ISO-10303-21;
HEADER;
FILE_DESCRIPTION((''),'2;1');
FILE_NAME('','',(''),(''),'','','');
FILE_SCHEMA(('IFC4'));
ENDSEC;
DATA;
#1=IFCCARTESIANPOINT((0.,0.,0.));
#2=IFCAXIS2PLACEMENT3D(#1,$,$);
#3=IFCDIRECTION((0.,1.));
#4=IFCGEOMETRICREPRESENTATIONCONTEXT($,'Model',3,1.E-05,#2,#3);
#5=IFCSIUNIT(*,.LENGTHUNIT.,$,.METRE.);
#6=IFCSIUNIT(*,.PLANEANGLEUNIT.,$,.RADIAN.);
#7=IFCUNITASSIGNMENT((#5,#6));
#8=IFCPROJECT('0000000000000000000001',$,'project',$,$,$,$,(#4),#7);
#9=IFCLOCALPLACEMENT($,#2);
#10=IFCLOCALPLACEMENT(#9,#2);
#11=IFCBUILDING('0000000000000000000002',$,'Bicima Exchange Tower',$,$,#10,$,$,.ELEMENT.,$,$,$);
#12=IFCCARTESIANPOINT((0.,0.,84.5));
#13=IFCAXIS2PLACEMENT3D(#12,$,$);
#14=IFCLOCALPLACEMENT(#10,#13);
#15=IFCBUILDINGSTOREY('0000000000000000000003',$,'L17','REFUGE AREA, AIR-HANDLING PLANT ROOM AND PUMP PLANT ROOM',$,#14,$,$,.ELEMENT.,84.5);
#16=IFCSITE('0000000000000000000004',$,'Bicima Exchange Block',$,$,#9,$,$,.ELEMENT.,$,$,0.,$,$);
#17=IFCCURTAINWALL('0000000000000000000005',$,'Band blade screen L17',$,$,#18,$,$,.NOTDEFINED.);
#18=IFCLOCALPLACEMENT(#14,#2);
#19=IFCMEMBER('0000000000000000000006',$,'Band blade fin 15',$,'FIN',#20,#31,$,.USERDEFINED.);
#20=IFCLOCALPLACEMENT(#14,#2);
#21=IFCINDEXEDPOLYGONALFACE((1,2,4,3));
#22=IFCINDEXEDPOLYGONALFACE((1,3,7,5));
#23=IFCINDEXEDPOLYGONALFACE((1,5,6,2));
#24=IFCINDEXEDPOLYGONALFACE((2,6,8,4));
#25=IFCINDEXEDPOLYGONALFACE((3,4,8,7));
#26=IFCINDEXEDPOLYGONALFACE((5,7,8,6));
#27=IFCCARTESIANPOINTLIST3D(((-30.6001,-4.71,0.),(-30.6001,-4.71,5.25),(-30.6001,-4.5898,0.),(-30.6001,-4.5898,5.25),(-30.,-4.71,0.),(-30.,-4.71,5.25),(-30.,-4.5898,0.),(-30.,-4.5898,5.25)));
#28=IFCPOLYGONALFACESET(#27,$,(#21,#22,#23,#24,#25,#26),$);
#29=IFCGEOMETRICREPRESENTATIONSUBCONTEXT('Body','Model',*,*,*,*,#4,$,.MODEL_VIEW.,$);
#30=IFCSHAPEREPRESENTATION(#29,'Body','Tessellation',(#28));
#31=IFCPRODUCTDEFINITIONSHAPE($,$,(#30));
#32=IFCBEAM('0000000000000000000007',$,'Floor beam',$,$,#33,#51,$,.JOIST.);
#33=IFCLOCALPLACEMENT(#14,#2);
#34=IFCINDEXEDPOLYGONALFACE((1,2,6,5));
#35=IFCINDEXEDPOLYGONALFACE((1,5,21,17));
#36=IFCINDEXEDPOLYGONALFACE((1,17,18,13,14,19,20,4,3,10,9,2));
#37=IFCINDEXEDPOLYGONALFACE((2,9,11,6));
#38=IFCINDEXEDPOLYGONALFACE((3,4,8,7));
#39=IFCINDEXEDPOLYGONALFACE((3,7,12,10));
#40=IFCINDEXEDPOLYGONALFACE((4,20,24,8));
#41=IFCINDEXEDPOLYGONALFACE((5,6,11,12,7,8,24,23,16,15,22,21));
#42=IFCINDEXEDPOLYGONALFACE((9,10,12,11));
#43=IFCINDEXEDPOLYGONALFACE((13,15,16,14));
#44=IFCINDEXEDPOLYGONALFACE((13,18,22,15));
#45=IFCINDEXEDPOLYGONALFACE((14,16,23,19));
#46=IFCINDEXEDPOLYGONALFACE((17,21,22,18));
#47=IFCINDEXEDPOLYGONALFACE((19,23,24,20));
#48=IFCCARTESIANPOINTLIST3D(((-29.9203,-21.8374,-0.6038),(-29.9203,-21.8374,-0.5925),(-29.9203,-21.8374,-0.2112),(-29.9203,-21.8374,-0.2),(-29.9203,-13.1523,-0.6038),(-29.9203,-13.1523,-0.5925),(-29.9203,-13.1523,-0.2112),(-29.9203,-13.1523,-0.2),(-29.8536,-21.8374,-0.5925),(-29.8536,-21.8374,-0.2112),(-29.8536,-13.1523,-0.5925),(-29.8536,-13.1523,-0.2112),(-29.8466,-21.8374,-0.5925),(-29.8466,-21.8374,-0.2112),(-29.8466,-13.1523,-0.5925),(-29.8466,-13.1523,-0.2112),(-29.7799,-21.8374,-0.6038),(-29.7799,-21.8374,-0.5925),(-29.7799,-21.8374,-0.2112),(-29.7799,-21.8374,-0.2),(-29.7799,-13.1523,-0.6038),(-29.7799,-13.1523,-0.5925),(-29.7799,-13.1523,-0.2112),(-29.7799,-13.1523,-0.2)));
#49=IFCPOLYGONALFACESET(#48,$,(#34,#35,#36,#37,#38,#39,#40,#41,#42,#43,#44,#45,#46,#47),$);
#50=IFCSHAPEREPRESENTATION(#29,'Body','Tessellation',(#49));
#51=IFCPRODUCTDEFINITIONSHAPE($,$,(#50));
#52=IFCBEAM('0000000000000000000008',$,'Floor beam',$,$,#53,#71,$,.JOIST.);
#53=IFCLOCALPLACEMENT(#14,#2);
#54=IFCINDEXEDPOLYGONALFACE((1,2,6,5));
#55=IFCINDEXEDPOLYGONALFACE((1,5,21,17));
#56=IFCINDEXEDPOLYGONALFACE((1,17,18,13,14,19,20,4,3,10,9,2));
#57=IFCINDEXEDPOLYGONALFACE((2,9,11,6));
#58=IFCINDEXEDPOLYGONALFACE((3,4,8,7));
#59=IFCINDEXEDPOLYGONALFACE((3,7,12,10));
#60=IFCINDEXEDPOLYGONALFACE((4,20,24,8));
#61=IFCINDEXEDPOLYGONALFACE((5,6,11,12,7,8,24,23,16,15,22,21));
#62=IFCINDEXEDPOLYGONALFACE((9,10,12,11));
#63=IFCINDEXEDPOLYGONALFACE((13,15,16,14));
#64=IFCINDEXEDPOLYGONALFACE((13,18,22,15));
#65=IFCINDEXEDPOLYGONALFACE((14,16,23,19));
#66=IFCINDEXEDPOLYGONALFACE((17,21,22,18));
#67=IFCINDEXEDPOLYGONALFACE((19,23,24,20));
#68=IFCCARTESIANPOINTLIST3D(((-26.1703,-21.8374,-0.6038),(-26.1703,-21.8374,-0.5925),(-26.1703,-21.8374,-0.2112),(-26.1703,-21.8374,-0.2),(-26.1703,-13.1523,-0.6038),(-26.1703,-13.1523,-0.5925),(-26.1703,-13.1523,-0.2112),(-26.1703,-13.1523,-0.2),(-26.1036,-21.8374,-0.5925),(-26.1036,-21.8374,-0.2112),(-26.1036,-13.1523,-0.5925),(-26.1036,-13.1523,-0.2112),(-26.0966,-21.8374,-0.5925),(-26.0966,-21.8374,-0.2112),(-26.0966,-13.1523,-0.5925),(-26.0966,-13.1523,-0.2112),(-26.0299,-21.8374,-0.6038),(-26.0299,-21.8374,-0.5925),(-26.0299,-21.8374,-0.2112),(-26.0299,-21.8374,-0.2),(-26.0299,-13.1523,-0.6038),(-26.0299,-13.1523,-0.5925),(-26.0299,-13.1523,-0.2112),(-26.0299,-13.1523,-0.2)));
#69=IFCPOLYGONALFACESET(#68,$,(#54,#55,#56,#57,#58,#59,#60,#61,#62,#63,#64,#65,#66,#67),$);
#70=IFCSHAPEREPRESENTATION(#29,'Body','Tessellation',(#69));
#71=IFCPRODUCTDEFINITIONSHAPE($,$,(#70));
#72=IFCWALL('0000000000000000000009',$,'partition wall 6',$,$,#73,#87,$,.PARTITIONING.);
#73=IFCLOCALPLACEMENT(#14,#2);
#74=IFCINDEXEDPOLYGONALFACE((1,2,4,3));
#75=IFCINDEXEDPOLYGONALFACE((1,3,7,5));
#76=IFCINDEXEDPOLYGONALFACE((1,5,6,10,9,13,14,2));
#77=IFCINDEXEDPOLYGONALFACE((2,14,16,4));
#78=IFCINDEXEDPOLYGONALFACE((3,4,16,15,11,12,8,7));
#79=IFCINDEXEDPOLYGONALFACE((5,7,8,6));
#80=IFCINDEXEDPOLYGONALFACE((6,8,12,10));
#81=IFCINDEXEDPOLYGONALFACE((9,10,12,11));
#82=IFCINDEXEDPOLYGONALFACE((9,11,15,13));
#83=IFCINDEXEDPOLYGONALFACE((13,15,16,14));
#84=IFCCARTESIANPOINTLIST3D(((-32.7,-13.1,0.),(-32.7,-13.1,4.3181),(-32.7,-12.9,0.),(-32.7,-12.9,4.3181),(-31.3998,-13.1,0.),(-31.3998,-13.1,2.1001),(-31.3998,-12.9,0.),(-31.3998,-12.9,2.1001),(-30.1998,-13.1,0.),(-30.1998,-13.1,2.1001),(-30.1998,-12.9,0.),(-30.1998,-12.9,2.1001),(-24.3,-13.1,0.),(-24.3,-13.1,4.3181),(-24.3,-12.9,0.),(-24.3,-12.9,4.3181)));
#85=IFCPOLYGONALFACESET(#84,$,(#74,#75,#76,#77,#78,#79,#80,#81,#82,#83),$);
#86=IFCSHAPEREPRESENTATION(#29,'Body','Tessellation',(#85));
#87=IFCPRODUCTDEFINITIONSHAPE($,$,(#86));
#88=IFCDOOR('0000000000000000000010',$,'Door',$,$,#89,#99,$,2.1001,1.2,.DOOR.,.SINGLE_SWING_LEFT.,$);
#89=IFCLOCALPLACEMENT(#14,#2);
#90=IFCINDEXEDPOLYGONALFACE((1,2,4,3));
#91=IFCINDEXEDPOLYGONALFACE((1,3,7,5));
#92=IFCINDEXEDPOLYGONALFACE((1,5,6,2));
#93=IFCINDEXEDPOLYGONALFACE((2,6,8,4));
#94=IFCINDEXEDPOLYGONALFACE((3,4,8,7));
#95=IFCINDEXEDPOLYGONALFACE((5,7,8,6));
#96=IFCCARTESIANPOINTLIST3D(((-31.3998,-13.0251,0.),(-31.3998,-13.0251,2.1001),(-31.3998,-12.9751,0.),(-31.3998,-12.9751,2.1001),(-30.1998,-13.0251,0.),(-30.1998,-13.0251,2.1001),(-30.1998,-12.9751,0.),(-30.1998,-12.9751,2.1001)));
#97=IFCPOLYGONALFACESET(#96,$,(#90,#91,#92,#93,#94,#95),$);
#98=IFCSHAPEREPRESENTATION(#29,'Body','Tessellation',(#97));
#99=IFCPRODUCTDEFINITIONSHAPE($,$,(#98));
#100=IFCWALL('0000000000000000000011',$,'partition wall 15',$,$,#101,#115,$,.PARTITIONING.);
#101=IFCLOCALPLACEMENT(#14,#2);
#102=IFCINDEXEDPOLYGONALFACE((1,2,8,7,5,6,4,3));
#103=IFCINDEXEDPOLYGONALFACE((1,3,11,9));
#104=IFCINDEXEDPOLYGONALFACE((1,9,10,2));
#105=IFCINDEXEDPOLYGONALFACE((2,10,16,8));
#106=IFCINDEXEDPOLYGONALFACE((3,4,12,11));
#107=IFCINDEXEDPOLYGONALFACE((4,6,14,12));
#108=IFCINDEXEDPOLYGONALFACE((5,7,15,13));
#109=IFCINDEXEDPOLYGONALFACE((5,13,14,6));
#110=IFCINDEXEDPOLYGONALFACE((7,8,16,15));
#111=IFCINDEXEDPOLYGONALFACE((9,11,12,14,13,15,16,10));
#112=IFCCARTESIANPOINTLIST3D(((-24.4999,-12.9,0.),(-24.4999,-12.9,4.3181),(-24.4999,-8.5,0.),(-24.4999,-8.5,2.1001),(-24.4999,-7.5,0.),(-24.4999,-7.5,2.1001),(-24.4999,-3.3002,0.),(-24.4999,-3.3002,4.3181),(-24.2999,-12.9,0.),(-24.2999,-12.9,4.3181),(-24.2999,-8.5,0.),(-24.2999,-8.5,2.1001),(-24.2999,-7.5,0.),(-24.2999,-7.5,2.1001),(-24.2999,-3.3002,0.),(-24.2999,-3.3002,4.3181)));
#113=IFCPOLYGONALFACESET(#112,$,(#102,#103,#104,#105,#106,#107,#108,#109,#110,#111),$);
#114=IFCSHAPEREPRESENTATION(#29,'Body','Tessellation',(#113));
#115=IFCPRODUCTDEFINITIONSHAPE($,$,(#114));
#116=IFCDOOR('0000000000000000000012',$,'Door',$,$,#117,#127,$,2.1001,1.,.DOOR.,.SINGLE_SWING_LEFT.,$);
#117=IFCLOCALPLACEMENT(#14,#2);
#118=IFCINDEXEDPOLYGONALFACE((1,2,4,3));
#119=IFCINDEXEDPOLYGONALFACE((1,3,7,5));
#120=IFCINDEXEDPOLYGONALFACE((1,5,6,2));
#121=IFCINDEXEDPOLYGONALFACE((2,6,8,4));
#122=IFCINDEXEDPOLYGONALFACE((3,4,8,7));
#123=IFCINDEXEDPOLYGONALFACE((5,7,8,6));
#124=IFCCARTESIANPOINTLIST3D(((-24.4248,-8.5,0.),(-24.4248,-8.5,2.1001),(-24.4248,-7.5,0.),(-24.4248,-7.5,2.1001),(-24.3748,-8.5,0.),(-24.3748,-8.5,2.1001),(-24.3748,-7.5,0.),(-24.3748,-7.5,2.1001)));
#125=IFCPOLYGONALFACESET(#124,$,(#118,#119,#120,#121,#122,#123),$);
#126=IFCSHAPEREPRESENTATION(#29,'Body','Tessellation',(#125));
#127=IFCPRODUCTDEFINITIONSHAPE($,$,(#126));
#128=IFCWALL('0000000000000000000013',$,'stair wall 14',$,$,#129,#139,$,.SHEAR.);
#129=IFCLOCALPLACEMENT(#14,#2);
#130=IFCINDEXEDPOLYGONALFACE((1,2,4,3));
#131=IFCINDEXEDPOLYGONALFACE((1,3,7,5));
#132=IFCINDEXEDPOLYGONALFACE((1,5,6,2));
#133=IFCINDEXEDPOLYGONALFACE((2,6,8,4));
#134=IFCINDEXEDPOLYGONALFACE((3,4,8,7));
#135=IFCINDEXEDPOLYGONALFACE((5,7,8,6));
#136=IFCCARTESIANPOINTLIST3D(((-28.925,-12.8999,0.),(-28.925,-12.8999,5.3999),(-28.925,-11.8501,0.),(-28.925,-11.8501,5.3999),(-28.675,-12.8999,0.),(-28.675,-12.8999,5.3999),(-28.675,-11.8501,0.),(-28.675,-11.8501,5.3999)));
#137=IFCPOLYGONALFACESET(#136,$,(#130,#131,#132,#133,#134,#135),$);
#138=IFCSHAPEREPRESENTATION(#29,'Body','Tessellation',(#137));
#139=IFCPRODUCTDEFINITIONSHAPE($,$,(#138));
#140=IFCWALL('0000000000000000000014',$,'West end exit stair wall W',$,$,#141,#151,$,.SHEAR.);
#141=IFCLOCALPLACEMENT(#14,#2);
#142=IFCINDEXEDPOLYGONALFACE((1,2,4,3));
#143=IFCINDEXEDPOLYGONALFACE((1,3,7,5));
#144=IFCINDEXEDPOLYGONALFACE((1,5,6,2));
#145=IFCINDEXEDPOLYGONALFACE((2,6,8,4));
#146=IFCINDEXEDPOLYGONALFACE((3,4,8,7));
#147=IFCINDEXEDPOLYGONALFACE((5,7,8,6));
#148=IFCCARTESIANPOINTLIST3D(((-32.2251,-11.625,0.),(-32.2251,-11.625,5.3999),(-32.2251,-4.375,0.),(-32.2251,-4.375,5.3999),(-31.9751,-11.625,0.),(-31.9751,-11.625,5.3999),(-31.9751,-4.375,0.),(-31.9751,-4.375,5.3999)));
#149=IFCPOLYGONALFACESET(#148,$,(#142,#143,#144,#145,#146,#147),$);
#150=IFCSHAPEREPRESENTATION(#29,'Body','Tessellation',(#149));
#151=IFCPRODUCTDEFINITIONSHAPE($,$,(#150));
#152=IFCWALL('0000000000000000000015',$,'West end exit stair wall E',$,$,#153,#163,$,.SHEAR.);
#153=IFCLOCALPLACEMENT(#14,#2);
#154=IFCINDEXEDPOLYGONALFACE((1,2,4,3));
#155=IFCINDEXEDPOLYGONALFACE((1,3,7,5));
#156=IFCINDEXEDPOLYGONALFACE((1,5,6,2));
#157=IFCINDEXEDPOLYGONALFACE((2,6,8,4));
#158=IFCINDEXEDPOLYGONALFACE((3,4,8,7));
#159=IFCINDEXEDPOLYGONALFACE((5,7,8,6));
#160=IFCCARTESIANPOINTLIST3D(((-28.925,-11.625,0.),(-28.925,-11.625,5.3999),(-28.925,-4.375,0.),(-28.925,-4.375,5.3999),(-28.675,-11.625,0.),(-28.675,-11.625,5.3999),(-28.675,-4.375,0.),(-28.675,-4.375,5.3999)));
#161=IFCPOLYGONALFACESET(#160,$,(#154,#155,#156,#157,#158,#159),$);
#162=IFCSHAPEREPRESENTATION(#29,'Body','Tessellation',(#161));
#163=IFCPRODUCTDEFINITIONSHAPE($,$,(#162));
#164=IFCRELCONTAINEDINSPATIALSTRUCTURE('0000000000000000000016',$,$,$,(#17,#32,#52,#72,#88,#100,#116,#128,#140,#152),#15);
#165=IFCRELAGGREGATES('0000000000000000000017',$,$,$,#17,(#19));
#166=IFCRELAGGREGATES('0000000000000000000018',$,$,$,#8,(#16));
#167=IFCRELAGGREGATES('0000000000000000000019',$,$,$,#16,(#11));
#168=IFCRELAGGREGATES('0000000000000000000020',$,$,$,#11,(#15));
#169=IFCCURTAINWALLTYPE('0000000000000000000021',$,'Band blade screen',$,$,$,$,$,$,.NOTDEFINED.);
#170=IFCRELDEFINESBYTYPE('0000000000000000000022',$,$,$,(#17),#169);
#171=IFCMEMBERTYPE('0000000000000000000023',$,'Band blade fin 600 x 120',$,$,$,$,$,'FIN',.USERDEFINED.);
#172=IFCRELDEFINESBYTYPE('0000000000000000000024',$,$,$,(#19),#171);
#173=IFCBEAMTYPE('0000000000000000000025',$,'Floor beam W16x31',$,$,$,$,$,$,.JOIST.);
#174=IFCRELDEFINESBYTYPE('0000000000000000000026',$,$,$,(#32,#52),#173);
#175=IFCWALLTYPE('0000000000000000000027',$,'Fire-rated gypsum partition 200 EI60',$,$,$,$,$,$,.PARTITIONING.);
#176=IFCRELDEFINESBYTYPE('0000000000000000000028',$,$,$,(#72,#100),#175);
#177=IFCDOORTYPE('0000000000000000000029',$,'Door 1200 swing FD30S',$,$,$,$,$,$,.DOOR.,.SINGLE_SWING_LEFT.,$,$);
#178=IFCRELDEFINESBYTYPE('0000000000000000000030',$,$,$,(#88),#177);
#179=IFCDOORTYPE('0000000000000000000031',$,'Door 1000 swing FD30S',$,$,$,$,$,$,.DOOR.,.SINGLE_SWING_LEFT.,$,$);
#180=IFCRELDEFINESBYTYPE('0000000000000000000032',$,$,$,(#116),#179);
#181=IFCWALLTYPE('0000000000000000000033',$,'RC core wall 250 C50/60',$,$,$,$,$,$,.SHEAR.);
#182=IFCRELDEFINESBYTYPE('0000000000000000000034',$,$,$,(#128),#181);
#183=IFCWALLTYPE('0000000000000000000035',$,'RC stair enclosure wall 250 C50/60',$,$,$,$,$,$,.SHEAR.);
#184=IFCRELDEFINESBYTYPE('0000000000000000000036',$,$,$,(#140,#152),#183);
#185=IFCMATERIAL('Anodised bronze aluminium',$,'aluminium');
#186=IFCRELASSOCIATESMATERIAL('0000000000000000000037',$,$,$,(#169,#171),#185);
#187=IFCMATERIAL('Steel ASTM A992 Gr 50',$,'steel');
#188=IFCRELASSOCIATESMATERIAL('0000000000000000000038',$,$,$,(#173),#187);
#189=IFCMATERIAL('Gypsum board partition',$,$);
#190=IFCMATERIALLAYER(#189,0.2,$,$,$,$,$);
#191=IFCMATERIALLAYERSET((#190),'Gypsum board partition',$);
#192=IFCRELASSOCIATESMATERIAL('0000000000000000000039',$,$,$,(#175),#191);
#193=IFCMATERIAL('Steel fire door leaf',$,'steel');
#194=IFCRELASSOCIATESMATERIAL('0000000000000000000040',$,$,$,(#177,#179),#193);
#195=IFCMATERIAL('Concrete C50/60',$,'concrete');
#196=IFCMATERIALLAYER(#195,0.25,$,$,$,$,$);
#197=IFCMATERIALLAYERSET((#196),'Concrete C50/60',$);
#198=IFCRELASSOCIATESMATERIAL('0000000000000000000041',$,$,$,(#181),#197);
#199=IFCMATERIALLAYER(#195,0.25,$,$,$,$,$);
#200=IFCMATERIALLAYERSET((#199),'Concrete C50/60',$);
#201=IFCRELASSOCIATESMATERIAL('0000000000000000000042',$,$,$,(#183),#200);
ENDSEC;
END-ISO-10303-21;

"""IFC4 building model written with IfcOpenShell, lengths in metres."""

from ifc_helpers import new_model, si_unit, direction, frame, frame_2d, origin, origin_2d, place, context, subcontext, project, spatial, rectangle, i_section, extrude, material, layer, layer_set, material_profile, profile_set, type_object, element, fill, aggregate, save


model = new_model("IFC4")

# Units and contexts
model_context = context("Model", 3, precision=1e-05, world=origin(), true_north=direction((0.0, 1.0)))
body_context = subcontext(model_context, "Body", "Model", "MODEL_VIEW")
ifc_project = project(units=[si_unit("LENGTHUNIT", "METRE"), si_unit("PLANEANGLEUNIT", "RADIAN")], contexts=[model_context])

# Site, building, storey
site_placement = place(None, origin())
site = spatial("IfcSite", under=ifc_project, at=site_placement, Name="Bicima Exchange Block", CompositionType="ELEMENT", RefElevation=0.0)
building_placement = place(site_placement, origin())
building = spatial("IfcBuilding", under=site, at=building_placement, Name="Bicima Exchange Tower", CompositionType="ELEMENT")
storey_placement = place(building_placement, frame((0.0, 0.0, 84.5)))
storey = spatial("IfcBuildingStorey", under=building, at=storey_placement, Name="L17", Description="REFUGE AREA, AIR-HANDLING PLANT ROOM AND PUMP PLANT ROOM", CompositionType="ELEMENT", Elevation=84.5)

# Curtain wall, member
ifc_material_1 = material(Name="Anodised bronze aluminium", Category="aluminium")
curtain_wall_type = type_object("IfcCurtainWallType", Name="Band blade screen", PredefinedType="NOTDEFINED", material=ifc_material_1)
curtain_wall_placement = place(storey_placement, origin())
curtain_wall = element("IfcCurtainWall", 1, at=curtain_wall_placement, inside=storey, type_object=curtain_wall_type, Name="Band blade screen L17", PredefinedType="NOTDEFINED")
ifc_material_profile_1 = material_profile(ifc_material_1, rectangle(XDim=0.6001, YDim=0.1201, at=origin_2d()))
ifc_profile_set_1 = profile_set([ifc_material_profile_1], Name="Anodised bronze aluminium")
member_type = type_object("IfcMemberType", Name="Band blade fin 600 x 120", ElementType="FIN", PredefinedType="USERDEFINED", material=ifc_profile_set_1)
member_placement = place(storey_placement, frame((-30.3, -4.6499, 0.0), z_axis=(0.0, 0.0, 1.0), x_axis=(1.0, 0.0, 0.0)))
member = element("IfcMember", 2, at=member_placement, type_object=member_type, Name="Band blade fin 15", ObjectType="FIN", PredefinedType="USERDEFINED", context=body_context, shape_type="SweptSolid", body=[
    extrude(rectangle(XDim=0.6001, YDim=0.1201, at=origin_2d()), origin(), (0.0, 0.0, 1.0), 5.25),
])
aggregate(curtain_wall, [member])

# Beams
ifc_material_2 = material(Name="Steel ASTM A992 Gr 50", Category="steel")
ifc_material_profile_2 = material_profile(ifc_material_2, i_section(OverallWidth=0.1404, OverallDepth=0.4038, WebThickness=0.0071, FlangeThickness=0.0112, at=origin_2d()))
ifc_profile_set_2 = profile_set([ifc_material_profile_2], Name="Steel ASTM A992 Gr 50")
beam_type = type_object("IfcBeamType", Name="Floor beam W16x31", PredefinedType="JOIST", material=ifc_profile_set_2)
for number, where, z_axis, x_axis, name in (
    (3, (-29.8501, -13.1523, -0.4019), (0.0, -1.0, 0.0), (1.0, 0.0, 0.0), "Floor beam"),
    (4, (-26.1001, -13.1523, -0.4019), (0.0, -1.0, 0.0), (1.0, 0.0, 0.0), "Floor beam"),
):
    element("IfcBeam", number, at=place(storey_placement, frame(where, z_axis=z_axis, x_axis=x_axis)), inside=storey, type_object=beam_type, Name=name, PredefinedType="JOIST", context=body_context, shape_type="SweptSolid", body=[
        extrude(i_section(OverallWidth=0.1404, OverallDepth=0.4038, WebThickness=0.0071, FlangeThickness=0.0112, at=origin_2d()), origin(), (0.0, 0.0, 1.0), 8.6851),
    ])

# Walls, openings, doors
ifc_material_3 = material(Name="Gypsum board partition")
ifc_layer_1 = layer(ifc_material_3, 0.2)
ifc_layer_set_1 = layer_set([ifc_layer_1], Name="Gypsum board partition")
wall_type_1 = type_object("IfcWallType", Name="Fire-rated gypsum partition 200 EI60", PredefinedType="PARTITIONING", material=ifc_layer_set_1)
wall_1_placement = place(storey_placement, frame((-32.7, -13.0, 0.0), z_axis=(0.0, 0.0, 1.0), x_axis=(1.0, 0.0, 0.0)))
wall_1 = element("IfcWall", 5, at=wall_1_placement, inside=storey, type_object=wall_type_1, Name="partition wall 6", PredefinedType="PARTITIONING", context=body_context, shape_type="SweptSolid", body=[
    extrude(rectangle(XDim=8.3999, YDim=0.2, at=frame_2d((4.2, 0.0))), origin(), (0.0, 0.0, 1.0), 4.3181),
])
opening_1_placement = place(wall_1_placement, frame((1.3, 0.0, 0.0)))
opening_1 = element("IfcOpeningElement", 6, at=opening_1_placement, cuts=wall_1, PredefinedType="OPENING", context=body_context, shape_type="SweptSolid", body=[
    extrude(rectangle(XDim=1.2, YDim=2.1001, at=frame_2d((0.6001, 1.05))), frame((0.0, 0.1118, 0.0), z_axis=(0.0, -1.0, 0.0), x_axis=(1.0, 0.0, 0.0)), (0.0, 0.0, 1.0), 0.2239),
])
ifc_material_4 = material(Name="Steel fire door leaf", Category="steel")
door_type_1 = type_object("IfcDoorType", Name="Door 1200 swing FD30S", OperationType="SINGLE_SWING_LEFT", PredefinedType="DOOR", material=ifc_material_4)
door_1_placement = place(opening_1_placement, origin())
door_1 = element("IfcDoor", 7, at=door_1_placement, inside=storey, type_object=door_type_1, Name="Door", OperationType="SINGLE_SWING_LEFT", OverallHeight=2.1001, OverallWidth=1.2, PredefinedType="DOOR", context=body_context, shape_type="SweptSolid", body=[
    extrude(rectangle(XDim=1.2, YDim=2.1001, at=frame_2d((0.6001, 1.05))), frame((0.0, 0.0249, 0.0), z_axis=(0.0, -1.0, 0.0), x_axis=(1.0, 0.0, 0.0)), (0.0, 0.0, 1.0), 0.05),
])
fill(opening_1, door_1)
wall_2_placement = place(storey_placement, frame((-24.3999, -12.8999, 0.0), z_axis=(0.0, 0.0, 1.0), x_axis=(0.0, 1.0, 0.0)))
wall_2 = element("IfcWall", 8, at=wall_2_placement, inside=storey, type_object=wall_type_1, Name="partition wall 15", PredefinedType="PARTITIONING", context=body_context, shape_type="SweptSolid", body=[
    extrude(rectangle(XDim=9.5999, YDim=0.2, at=frame_2d((4.7998, 0.0))), origin(), (0.0, 0.0, 1.0), 4.3181),
])
opening_2_placement = place(wall_2_placement, frame((4.3999, 0.0, 0.0)))
opening_2 = element("IfcOpeningElement", 9, at=opening_2_placement, cuts=wall_2, PredefinedType="OPENING", context=body_context, shape_type="SweptSolid", body=[
    extrude(rectangle(XDim=1.0, YDim=2.1001, at=frame_2d((0.5, 1.05))), frame((0.0, 0.1118, 0.0), z_axis=(0.0, -1.0, 0.0), x_axis=(1.0, 0.0, 0.0)), (0.0, 0.0, 1.0), 0.2239),
])
door_type_2 = type_object("IfcDoorType", Name="Door 1000 swing FD30S", OperationType="SINGLE_SWING_LEFT", PredefinedType="DOOR", material=ifc_material_4)
door_2_placement = place(opening_2_placement, origin())
door_2 = element("IfcDoor", 10, at=door_2_placement, inside=storey, type_object=door_type_2, Name="Door", OperationType="SINGLE_SWING_LEFT", OverallHeight=2.1001, OverallWidth=1.0, PredefinedType="DOOR", context=body_context, shape_type="SweptSolid", body=[
    extrude(rectangle(XDim=1.0, YDim=2.1001, at=frame_2d((0.5, 1.05))), frame((0.0, 0.0249, 0.0), z_axis=(0.0, -1.0, 0.0), x_axis=(1.0, 0.0, 0.0)), (0.0, 0.0, 1.0), 0.05),
])
fill(opening_2, door_2)

# Walls
ifc_material_5 = material(Name="Concrete C50/60", Category="concrete")
ifc_layer_2 = layer(ifc_material_5, 0.25)
ifc_layer_set_2 = layer_set([ifc_layer_2], Name="Concrete C50/60")
wall_type_2 = type_object("IfcWallType", Name="RC core wall 250 C50/60", PredefinedType="SHEAR", material=ifc_layer_set_2)
wall_3_placement = place(storey_placement, frame((-28.8, -12.8999, 0.0), z_axis=(0.0, 0.0, 1.0), x_axis=(0.0, 1.0, 0.0)))
element("IfcWall", 11, at=wall_3_placement, inside=storey, type_object=wall_type_2, Name="stair wall 14", PredefinedType="SHEAR", context=body_context, shape_type="SweptSolid", body=[
    extrude(rectangle(XDim=1.0498, YDim=0.25, at=frame_2d((0.5249, 0.0))), origin(), (0.0, 0.0, 1.0), 5.3999),
])
ifc_layer_3 = layer(ifc_material_5, 0.25)
ifc_layer_set_3 = layer_set([ifc_layer_3], Name="Concrete C50/60")
wall_type_3 = type_object("IfcWallType", Name="RC stair enclosure wall 250 C50/60", PredefinedType="SHEAR", material=ifc_layer_set_3)
for number, where, z_axis, x_axis, name in (
    (12, (-32.1001, -11.625, 0.0), (0.0, 0.0, 1.0), (0.0, 1.0, 0.0), "West end exit stair wall W"),
    (13, (-28.8, -11.625, 0.0), (0.0, 0.0, 1.0), (0.0, 1.0, 0.0), "West end exit stair wall E"),
):
    element("IfcWall", number, at=place(storey_placement, frame(where, z_axis=z_axis, x_axis=x_axis)), inside=storey, type_object=wall_type_3, Name=name, PredefinedType="SHEAR", context=body_context, shape_type="SweptSolid", body=[
        extrude(rectangle(XDim=7.25, YDim=0.25, at=frame_2d((3.625, 0.0))), origin(), (0.0, 0.0, 1.0), 5.3999),
    ])

save(model, "model.ifc")
